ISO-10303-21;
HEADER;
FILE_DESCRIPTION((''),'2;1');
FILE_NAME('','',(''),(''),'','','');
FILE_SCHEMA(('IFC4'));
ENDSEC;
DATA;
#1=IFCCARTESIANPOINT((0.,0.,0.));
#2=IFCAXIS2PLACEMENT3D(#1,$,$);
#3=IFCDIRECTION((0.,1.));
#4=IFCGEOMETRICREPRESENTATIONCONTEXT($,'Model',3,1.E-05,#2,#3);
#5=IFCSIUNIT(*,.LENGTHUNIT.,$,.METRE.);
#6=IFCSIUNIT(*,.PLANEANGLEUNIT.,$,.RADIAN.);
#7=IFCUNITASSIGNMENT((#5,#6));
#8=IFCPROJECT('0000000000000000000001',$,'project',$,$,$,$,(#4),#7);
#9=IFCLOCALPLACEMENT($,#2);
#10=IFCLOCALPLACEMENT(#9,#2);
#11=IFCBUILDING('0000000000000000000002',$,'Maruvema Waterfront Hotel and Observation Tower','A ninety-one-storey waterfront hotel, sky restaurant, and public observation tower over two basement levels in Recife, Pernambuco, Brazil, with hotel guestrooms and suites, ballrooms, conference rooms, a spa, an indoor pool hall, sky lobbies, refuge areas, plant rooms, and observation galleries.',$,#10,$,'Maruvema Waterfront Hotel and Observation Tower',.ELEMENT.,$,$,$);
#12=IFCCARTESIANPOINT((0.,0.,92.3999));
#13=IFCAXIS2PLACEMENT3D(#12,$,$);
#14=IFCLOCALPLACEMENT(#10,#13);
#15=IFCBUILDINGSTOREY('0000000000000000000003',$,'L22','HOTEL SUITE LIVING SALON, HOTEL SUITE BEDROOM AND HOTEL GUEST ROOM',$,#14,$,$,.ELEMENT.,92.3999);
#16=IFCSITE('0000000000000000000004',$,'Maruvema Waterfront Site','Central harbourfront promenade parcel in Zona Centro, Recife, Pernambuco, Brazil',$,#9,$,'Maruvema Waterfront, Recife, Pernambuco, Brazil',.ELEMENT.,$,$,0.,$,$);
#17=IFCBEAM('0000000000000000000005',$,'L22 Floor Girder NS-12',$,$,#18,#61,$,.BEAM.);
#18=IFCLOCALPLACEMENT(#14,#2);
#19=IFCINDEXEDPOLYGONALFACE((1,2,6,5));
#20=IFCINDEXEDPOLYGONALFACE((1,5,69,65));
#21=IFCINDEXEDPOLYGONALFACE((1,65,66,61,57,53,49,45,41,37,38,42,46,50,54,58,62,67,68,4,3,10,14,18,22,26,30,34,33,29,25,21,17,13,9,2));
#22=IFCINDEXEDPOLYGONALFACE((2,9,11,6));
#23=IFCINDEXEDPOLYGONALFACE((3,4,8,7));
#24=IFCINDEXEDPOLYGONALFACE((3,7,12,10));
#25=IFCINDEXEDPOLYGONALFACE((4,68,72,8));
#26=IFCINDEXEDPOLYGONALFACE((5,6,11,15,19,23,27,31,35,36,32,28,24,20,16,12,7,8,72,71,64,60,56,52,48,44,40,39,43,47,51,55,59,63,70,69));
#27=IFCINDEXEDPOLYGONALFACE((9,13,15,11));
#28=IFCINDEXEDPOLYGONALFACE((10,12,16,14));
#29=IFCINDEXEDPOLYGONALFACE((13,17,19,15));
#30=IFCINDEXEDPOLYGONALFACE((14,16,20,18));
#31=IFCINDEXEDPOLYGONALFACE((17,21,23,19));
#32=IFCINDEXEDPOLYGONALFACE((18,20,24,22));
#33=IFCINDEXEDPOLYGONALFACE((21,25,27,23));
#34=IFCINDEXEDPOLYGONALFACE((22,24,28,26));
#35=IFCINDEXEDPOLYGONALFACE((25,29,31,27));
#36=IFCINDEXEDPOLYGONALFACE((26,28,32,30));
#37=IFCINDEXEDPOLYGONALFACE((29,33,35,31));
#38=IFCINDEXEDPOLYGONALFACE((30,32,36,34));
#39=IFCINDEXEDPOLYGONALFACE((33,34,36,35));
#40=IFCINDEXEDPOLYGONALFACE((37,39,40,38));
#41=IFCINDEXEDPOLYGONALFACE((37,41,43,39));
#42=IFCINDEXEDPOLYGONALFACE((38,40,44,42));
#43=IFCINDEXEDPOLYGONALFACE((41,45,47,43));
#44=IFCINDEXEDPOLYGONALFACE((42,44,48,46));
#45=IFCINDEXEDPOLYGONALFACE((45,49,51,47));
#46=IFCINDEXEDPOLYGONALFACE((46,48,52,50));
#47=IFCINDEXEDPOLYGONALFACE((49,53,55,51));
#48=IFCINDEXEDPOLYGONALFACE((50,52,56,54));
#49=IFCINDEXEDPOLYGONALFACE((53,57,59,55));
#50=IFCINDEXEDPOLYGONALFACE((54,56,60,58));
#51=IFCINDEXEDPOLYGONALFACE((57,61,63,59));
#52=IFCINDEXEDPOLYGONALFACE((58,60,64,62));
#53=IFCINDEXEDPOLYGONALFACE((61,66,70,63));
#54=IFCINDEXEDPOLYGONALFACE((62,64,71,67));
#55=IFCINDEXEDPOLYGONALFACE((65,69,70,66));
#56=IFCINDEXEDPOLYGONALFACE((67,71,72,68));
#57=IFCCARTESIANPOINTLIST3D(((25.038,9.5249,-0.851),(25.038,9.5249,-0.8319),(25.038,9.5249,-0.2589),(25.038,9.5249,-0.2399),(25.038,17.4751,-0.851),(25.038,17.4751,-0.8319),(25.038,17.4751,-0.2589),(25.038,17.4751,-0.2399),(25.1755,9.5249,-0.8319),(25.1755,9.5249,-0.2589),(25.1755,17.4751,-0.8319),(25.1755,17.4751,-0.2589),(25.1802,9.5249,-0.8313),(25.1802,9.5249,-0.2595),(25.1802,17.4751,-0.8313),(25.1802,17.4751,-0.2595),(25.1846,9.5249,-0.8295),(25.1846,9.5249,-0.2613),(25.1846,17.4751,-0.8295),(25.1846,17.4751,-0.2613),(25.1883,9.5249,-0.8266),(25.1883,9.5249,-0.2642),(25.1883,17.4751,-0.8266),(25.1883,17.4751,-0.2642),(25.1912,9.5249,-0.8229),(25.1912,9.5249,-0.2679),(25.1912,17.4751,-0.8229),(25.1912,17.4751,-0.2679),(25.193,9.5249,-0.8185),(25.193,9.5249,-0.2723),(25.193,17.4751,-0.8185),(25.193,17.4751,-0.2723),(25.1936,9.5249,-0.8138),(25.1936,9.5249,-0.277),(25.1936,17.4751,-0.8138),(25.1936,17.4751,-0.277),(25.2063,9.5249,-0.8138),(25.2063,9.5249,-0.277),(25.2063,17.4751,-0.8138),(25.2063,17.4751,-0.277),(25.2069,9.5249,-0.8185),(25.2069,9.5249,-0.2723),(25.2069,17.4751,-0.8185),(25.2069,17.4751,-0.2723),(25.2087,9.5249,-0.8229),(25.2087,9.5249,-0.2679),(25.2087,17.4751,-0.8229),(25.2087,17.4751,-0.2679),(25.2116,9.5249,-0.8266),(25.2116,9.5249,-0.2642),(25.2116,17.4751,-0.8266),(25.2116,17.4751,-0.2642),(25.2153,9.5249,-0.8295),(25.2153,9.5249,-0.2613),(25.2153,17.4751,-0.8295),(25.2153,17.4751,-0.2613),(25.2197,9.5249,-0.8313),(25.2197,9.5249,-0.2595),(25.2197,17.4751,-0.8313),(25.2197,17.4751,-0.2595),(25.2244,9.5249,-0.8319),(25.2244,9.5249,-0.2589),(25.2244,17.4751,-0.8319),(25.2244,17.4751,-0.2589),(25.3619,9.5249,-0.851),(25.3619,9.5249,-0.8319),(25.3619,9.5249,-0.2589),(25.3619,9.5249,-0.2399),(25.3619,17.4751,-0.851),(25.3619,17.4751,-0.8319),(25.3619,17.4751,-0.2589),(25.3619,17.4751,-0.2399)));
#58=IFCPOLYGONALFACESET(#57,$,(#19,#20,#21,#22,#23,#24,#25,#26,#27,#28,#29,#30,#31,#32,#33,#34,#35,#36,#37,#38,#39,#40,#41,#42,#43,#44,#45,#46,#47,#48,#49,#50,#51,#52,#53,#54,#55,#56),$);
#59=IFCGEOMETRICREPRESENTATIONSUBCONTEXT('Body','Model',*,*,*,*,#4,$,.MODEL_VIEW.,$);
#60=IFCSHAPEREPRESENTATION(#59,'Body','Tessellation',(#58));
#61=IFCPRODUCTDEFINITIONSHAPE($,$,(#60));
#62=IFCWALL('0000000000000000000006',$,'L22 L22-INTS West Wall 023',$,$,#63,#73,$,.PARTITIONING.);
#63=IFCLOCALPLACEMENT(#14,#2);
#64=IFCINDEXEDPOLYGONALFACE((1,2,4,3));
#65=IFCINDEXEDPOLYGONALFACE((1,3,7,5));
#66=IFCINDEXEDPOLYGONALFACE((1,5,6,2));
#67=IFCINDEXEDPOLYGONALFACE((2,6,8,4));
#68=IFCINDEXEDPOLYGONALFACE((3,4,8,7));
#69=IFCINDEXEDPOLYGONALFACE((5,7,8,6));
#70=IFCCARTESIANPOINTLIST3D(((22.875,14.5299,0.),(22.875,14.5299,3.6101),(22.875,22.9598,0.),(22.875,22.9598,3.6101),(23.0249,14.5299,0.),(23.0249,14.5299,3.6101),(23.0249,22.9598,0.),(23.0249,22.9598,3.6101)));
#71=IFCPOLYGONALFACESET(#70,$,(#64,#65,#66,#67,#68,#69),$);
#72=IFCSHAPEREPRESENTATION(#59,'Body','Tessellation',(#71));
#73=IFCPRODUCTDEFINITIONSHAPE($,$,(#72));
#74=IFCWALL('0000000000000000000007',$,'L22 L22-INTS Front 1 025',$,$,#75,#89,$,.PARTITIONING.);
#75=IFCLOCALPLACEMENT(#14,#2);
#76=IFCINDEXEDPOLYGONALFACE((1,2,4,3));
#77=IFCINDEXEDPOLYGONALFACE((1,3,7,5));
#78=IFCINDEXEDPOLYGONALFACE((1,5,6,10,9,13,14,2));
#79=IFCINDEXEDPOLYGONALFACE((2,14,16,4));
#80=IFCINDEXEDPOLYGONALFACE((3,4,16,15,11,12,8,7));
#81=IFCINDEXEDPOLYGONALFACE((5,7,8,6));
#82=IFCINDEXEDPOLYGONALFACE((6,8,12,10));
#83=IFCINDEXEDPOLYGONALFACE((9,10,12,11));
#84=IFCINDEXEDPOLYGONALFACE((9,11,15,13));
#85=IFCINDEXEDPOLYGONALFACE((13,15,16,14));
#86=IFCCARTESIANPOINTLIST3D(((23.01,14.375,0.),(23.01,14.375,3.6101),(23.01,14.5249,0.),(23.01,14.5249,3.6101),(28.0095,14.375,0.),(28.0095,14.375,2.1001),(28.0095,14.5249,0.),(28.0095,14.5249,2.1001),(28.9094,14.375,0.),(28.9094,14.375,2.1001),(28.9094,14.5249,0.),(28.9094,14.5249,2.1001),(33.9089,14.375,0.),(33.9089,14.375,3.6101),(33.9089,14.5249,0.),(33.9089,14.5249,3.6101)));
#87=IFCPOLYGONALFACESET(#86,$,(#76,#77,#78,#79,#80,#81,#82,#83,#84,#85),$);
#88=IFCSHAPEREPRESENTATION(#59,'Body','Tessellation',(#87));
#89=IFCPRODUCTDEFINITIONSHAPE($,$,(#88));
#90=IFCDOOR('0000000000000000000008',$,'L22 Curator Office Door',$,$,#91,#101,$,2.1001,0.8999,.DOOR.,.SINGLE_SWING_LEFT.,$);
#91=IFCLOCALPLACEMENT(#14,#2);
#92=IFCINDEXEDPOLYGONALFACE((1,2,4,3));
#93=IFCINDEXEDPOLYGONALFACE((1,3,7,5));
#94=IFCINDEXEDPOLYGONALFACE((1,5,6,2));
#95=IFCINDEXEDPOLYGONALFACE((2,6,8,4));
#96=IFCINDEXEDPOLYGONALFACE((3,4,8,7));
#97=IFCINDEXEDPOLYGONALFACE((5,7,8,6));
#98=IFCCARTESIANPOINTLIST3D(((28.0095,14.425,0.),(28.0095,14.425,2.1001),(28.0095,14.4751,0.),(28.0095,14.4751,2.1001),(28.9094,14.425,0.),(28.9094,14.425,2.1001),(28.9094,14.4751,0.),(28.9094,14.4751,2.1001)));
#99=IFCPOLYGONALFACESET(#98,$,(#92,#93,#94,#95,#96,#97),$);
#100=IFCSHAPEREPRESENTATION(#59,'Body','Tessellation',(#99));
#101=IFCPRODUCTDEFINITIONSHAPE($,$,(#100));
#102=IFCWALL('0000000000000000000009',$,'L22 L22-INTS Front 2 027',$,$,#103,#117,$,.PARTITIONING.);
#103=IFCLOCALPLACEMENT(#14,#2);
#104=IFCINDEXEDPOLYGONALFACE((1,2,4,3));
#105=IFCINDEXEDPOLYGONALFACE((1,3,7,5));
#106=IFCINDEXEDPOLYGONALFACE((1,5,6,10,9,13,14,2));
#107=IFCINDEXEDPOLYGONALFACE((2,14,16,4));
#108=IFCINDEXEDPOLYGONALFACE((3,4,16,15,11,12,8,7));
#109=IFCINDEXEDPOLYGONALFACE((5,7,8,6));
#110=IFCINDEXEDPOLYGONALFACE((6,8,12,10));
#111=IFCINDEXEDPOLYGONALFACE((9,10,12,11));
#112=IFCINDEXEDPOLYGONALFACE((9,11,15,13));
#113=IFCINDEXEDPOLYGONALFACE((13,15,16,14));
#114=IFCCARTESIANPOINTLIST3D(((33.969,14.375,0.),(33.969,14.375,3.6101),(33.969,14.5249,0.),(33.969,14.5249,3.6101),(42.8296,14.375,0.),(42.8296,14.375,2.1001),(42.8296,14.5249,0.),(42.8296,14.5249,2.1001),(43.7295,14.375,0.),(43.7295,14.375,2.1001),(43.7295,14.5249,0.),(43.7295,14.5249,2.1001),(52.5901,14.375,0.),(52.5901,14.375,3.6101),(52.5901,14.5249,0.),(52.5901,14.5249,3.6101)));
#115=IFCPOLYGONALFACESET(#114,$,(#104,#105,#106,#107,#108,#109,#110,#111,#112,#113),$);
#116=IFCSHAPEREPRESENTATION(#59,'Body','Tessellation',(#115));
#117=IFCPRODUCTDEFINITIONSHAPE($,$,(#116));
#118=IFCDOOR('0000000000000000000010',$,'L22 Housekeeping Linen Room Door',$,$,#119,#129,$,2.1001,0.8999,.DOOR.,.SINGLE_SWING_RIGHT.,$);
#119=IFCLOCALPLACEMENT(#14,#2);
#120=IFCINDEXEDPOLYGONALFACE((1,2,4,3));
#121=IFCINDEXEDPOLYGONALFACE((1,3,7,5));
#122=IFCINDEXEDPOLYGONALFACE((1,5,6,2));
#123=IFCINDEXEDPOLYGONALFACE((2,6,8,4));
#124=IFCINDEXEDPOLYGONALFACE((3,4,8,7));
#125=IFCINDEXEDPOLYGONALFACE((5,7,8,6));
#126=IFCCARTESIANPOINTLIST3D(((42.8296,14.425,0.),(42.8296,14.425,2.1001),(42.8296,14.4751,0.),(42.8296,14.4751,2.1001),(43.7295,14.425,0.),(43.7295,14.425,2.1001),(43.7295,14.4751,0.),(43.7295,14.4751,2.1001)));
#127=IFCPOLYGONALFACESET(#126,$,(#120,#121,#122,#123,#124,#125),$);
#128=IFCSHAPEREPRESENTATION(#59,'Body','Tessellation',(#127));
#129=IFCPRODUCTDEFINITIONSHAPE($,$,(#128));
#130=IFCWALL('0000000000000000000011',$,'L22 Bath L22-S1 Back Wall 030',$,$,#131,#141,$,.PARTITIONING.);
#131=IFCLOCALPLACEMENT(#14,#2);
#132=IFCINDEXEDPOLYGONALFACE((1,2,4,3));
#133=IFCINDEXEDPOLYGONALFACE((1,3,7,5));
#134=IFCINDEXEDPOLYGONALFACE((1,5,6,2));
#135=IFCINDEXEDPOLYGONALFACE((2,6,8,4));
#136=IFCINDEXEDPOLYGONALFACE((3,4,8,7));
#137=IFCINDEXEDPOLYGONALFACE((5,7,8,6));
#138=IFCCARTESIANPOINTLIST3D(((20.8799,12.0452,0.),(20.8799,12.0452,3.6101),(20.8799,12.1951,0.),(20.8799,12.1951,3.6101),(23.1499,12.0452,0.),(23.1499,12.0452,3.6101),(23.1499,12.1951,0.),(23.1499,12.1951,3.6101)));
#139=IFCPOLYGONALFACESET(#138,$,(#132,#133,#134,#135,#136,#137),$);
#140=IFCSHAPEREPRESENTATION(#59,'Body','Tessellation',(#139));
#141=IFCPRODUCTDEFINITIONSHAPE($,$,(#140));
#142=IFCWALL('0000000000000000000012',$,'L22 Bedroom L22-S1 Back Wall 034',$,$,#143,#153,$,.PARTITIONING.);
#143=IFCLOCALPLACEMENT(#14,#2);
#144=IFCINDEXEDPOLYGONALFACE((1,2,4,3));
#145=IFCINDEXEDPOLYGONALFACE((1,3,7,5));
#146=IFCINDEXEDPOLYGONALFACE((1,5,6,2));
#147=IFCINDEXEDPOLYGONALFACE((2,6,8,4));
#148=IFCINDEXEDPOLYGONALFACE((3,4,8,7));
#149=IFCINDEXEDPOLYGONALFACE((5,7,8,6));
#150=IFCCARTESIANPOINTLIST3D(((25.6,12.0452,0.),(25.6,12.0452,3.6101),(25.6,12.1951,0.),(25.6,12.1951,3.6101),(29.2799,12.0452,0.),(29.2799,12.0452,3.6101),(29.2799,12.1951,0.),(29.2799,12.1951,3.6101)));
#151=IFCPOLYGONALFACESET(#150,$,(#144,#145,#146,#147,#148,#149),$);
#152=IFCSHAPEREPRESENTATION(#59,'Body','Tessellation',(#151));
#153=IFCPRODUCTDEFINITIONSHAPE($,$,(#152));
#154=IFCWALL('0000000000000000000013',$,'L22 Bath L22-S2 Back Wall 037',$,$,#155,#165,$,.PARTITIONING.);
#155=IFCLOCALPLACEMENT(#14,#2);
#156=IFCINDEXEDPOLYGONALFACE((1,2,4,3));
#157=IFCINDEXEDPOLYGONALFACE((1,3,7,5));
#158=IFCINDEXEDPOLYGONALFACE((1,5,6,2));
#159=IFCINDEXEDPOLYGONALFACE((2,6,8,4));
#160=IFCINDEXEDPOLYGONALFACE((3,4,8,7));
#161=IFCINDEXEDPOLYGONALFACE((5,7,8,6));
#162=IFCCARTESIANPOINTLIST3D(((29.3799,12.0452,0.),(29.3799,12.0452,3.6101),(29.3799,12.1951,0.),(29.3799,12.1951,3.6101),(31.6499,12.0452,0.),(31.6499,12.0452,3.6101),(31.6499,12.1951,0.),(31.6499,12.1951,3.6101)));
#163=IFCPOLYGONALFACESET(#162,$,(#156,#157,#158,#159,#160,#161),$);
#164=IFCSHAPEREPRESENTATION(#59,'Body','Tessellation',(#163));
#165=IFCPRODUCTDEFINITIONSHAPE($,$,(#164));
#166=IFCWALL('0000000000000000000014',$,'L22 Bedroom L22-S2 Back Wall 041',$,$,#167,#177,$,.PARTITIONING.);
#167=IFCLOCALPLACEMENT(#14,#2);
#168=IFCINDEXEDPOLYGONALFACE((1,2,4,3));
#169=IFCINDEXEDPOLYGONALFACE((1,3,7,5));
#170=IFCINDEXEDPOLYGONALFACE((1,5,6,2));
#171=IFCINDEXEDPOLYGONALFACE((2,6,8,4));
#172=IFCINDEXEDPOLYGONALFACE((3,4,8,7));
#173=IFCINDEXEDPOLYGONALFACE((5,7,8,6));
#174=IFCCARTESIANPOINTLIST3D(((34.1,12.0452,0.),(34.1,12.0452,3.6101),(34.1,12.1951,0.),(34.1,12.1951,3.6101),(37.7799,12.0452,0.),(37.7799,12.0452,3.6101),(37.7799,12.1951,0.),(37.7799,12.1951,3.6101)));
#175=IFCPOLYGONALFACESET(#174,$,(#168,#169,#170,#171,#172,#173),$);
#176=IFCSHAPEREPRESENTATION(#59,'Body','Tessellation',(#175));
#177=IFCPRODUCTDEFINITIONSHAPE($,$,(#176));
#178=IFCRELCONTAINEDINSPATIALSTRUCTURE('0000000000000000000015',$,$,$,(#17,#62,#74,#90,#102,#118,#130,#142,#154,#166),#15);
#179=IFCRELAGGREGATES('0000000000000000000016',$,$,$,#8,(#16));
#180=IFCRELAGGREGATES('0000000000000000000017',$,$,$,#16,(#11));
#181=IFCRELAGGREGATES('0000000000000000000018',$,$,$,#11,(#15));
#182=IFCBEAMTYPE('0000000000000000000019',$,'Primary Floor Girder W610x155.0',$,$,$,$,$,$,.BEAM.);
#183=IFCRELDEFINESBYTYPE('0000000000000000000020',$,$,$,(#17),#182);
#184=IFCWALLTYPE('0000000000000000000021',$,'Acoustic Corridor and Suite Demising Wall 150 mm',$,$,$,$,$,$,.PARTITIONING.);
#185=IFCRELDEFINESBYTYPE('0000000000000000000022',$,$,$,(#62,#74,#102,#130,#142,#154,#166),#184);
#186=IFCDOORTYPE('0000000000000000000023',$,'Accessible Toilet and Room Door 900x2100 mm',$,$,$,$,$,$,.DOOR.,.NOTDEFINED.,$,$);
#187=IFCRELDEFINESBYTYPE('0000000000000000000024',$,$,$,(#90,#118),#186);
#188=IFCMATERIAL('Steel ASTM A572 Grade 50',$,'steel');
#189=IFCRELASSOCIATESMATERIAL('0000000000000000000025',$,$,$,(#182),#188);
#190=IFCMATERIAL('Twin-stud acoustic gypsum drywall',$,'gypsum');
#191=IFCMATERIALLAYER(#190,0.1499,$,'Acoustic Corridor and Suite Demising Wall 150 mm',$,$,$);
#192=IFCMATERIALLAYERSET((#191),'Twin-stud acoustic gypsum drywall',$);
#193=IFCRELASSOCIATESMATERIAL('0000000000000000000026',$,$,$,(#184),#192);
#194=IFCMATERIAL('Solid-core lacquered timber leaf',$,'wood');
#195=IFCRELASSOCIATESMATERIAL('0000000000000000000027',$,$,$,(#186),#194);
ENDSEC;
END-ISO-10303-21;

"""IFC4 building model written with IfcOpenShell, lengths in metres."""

from ifc_helpers import new_model, si_unit, direction, frame, frame_2d, origin, origin_2d, place, context, subcontext, project, spatial, rectangle, i_section, extrude, material, layer, layer_set, material_profile, profile_set, type_object, element, fill, save


model = new_model("IFC4")

# Units and contexts
model_context = context("Model", 3, precision=1e-05, world=origin(), true_north=direction((0.0, 1.0)))
body_context = subcontext(model_context, "Body", "Model", "MODEL_VIEW")
ifc_project = project(units=[si_unit("LENGTHUNIT", "METRE"), si_unit("PLANEANGLEUNIT", "RADIAN")], contexts=[model_context])

# Site, building, storey
site_placement = place(None, origin())
site = spatial("IfcSite", under=ifc_project, at=site_placement, Name="Maruvema Waterfront Site", Description="Central harbourfront promenade parcel in Zona Centro, Recife, Pernambuco, Brazil", LongName="Maruvema Waterfront, Recife, Pernambuco, Brazil", CompositionType="ELEMENT", RefElevation=0.0)
building_placement = place(site_placement, origin())
building = spatial("IfcBuilding", under=site, at=building_placement, Name="Maruvema Waterfront Hotel and Observation Tower", Description="A ninety-one-storey waterfront hotel, sky restaurant, and public observation tower over two basement levels in Recife, Pernambuco, Brazil, with hotel guestrooms and suites, ballrooms, conference rooms, a spa, an indoor pool hall, sky lobbies, refuge areas, plant rooms, and observation galleries.", LongName="Maruvema Waterfront Hotel and Observation Tower", CompositionType="ELEMENT")
storey_placement = place(building_placement, frame((0.0, 0.0, 92.3999)))
storey = spatial("IfcBuildingStorey", under=building, at=storey_placement, Name="L22", Description="HOTEL SUITE LIVING SALON, HOTEL SUITE BEDROOM AND HOTEL GUEST ROOM", CompositionType="ELEMENT", Elevation=92.3999)

# Beam
ifc_material_1 = material(Name="Steel ASTM A572 Grade 50", Category="steel")
ifc_material_profile = material_profile(ifc_material_1, i_section(OverallWidth=0.324, OverallDepth=0.6111, WebThickness=0.0127, FlangeThickness=0.019, FilletRadius=0.0181, at=origin_2d()), Name="W610x155.0")
ifc_profile_set = profile_set([ifc_material_profile], Name="Steel ASTM A572 Grade 50")
beam_type = type_object("IfcBeamType", Name="Primary Floor Girder W610x155.0", PredefinedType="BEAM", material=ifc_profile_set)
beam_placement = place(storey_placement, frame((25.2, 9.5249, -0.5454), z_axis=(0.0, 1.0, 0.0), x_axis=(-1.0, 0.0, 0.0)))
element("IfcBeam", 1, at=beam_placement, inside=storey, type_object=beam_type, Name="L22 Floor Girder NS-12", PredefinedType="BEAM", context=body_context, shape_type="SweptSolid", body=[
    extrude(i_section(OverallWidth=0.324, OverallDepth=0.6111, WebThickness=0.0127, FlangeThickness=0.019, FilletRadius=0.0181, at=origin_2d()), origin(), (0.0, 0.0, 1.0), 7.9502),
])

# Wall
ifc_material_2 = material(Name="Twin-stud acoustic gypsum drywall", Category="gypsum")
ifc_layer_1 = layer(ifc_material_2, 0.1499, Name="Acoustic Corridor and Suite Demising Wall 150 mm")
ifc_layer_set_1 = layer_set([ifc_layer_1], Name="Twin-stud acoustic gypsum drywall")
wall_type_1 = type_object("IfcWallType", Name="Acoustic Corridor and Suite Demising Wall 150 mm", PredefinedType="PARTITIONING", material=ifc_layer_set_1)
wall_1_placement = place(storey_placement, frame((22.95, 14.53, 0.0), z_axis=(0.0, 0.0, 1.0), x_axis=(0.0, 1.0, 0.0)))
element("IfcWall", 2, at=wall_1_placement, inside=storey, type_object=wall_type_1, Name="L22 L22-INTS West Wall 023", PredefinedType="PARTITIONING", context=body_context, shape_type="SweptSolid", body=[
    extrude(rectangle(XDim=8.4299, YDim=0.1499, at=frame_2d((4.2148, 0.0))), origin(), (0.0, 0.0, 1.0), 3.6101),
])

# Walls, openings, doors
wall_2_placement = place(storey_placement, frame((23.01, 14.45, 0.0), z_axis=(0.0, 0.0, 1.0), x_axis=(1.0, 0.0, 0.0)))
wall_2 = element("IfcWall", 3, at=wall_2_placement, inside=storey, type_object=wall_type_1, Name="L22 L22-INTS Front 1 025", PredefinedType="PARTITIONING", context=body_context, shape_type="SweptSolid", body=[
    extrude(rectangle(XDim=10.8989, YDim=0.1499, at=frame_2d((5.4495, 0.0))), origin(), (0.0, 0.0, 1.0), 3.6101),
])
opening_1_placement = place(wall_2_placement, frame((4.9995, 0.0, 0.0)))
opening_1 = element("IfcOpeningElement", 4, at=opening_1_placement, cuts=wall_2, PredefinedType="OPENING", context=body_context, shape_type="SweptSolid", body=[
    extrude(rectangle(XDim=0.8999, YDim=2.1001, at=frame_2d((0.45, 1.05))), frame((0.0, 0.085, 0.0), z_axis=(0.0, -1.0, 0.0), x_axis=(1.0, 0.0, 0.0)), (0.0, 0.0, 1.0), 0.1699),
])
ifc_material_3 = material(Name="Solid-core lacquered timber leaf", Category="wood")
door_type_1 = type_object("IfcDoorType", Name="Accessible Toilet and Room Door 900x2100 mm", OperationType="NOTDEFINED", PredefinedType="DOOR", material=ifc_material_3)
door_1_placement = place(opening_1_placement, frame((0.8999, 0.0, 0.0), z_axis=(0.0, 0.0, 1.0), x_axis=(-1.0, 0.0, 0.0)))
door_1 = element("IfcDoor", 5, at=door_1_placement, inside=storey, type_object=door_type_1, Name="L22 Curator Office Door", OperationType="SINGLE_SWING_LEFT", OverallHeight=2.1001, OverallWidth=0.8999, PredefinedType="DOOR", context=body_context, shape_type="SweptSolid", body=[
    extrude(rectangle(XDim=0.8999, YDim=2.1001, at=frame_2d((0.45, 1.05))), frame((0.0, 0.0249, 0.0), z_axis=(0.0, -1.0, 0.0), x_axis=(1.0, 0.0, 0.0)), (0.0, 0.0, 1.0), 0.05),
])
fill(opening_1, door_1)
wall_3_placement = place(storey_placement, frame((33.969, 14.45, 0.0), z_axis=(0.0, 0.0, 1.0), x_axis=(1.0, 0.0, 0.0)))
wall_3 = element("IfcWall", 6, at=wall_3_placement, inside=storey, type_object=wall_type_1, Name="L22 L22-INTS Front 2 027", PredefinedType="PARTITIONING", context=body_context, shape_type="SweptSolid", body=[
    extrude(rectangle(XDim=18.6211, YDim=0.1499, at=frame_2d((9.3105, 0.0))), origin(), (0.0, 0.0, 1.0), 3.6101),
])
opening_2_placement = place(wall_3_placement, frame((8.8606, 0.0, 0.0)))
opening_2 = element("IfcOpeningElement", 7, at=opening_2_placement, cuts=wall_3, PredefinedType="OPENING", context=body_context, shape_type="SweptSolid", body=[
    extrude(rectangle(XDim=0.8999, YDim=2.1001, at=frame_2d((0.45, 1.05))), frame((0.0, 0.085, 0.0), z_axis=(0.0, -1.0, 0.0), x_axis=(1.0, 0.0, 0.0)), (0.0, 0.0, 1.0), 0.1699),
])
door_2_placement = place(opening_2_placement, frame((0.8999, 0.0, 0.0), z_axis=(0.0, 0.0, 1.0), x_axis=(-1.0, 0.0, 0.0)))
door_2 = element("IfcDoor", 8, at=door_2_placement, inside=storey, type_object=door_type_1, Name="L22 Housekeeping Linen Room Door", OperationType="SINGLE_SWING_RIGHT", OverallHeight=2.1001, OverallWidth=0.8999, PredefinedType="DOOR", context=body_context, shape_type="SweptSolid", body=[
    extrude(rectangle(XDim=0.8999, YDim=2.1001, at=frame_2d((0.45, 1.05))), frame((0.0, 0.0249, 0.0), z_axis=(0.0, -1.0, 0.0), x_axis=(1.0, 0.0, 0.0)), (0.0, 0.0, 1.0), 0.05),
])
fill(opening_2, door_2)

# Wall
wall_4_placement = place(storey_placement, frame((20.8799, 12.1201, 0.0), z_axis=(0.0, 0.0, 1.0), x_axis=(1.0, 0.0, 0.0)))
element("IfcWall", 9, at=wall_4_placement, inside=storey, type_object=wall_type_1, Name="L22 Bath L22-S1 Back Wall 030", PredefinedType="PARTITIONING", context=body_context, shape_type="SweptSolid", body=[
    extrude(rectangle(XDim=2.27, YDim=0.1499, at=frame_2d((1.135, 0.0))), origin(), (0.0, 0.0, 1.0), 3.6101),
])

# Walls
wall_5_placement = place(storey_placement, frame((25.6001, 12.1201, 0.0), z_axis=(0.0, 0.0, 1.0), x_axis=(1.0, 0.0, 0.0)))
element("IfcWall", 10, at=wall_5_placement, inside=storey, type_object=wall_type_1, Name="L22 Bedroom L22-S1 Back Wall 034", PredefinedType="PARTITIONING", context=body_context, shape_type="SweptSolid", body=[
    extrude(rectangle(XDim=3.6799, YDim=0.1499, at=frame_2d((1.8398, 0.0))), origin(), (0.0, 0.0, 1.0), 3.6101),
])
wall_6_placement = place(storey_placement, frame((29.3799, 12.1201, 0.0), z_axis=(0.0, 0.0, 1.0), x_axis=(1.0, 0.0, 0.0)))
element("IfcWall", 11, at=wall_6_placement, inside=storey, type_object=wall_type_1, Name="L22 Bath L22-S2 Back Wall 037", PredefinedType="PARTITIONING", context=body_context, shape_type="SweptSolid", body=[
    extrude(rectangle(XDim=2.27, YDim=0.1499, at=frame_2d((1.135, 0.0))), origin(), (0.0, 0.0, 1.0), 3.6101),
])

# Wall
wall_7_placement = place(storey_placement, frame((34.1001, 12.1201, 0.0), z_axis=(0.0, 0.0, 1.0), x_axis=(1.0, 0.0, 0.0)))
element("IfcWall", 12, at=wall_7_placement, inside=storey, type_object=wall_type_1, Name="L22 Bedroom L22-S2 Back Wall 041", PredefinedType="PARTITIONING", context=body_context, shape_type="SweptSolid", body=[
    extrude(rectangle(XDim=3.6799, YDim=0.1499, at=frame_2d((1.8398, 0.0))), origin(), (0.0, 0.0, 1.0), 3.6101),
])

save(model, "model.ifc")
